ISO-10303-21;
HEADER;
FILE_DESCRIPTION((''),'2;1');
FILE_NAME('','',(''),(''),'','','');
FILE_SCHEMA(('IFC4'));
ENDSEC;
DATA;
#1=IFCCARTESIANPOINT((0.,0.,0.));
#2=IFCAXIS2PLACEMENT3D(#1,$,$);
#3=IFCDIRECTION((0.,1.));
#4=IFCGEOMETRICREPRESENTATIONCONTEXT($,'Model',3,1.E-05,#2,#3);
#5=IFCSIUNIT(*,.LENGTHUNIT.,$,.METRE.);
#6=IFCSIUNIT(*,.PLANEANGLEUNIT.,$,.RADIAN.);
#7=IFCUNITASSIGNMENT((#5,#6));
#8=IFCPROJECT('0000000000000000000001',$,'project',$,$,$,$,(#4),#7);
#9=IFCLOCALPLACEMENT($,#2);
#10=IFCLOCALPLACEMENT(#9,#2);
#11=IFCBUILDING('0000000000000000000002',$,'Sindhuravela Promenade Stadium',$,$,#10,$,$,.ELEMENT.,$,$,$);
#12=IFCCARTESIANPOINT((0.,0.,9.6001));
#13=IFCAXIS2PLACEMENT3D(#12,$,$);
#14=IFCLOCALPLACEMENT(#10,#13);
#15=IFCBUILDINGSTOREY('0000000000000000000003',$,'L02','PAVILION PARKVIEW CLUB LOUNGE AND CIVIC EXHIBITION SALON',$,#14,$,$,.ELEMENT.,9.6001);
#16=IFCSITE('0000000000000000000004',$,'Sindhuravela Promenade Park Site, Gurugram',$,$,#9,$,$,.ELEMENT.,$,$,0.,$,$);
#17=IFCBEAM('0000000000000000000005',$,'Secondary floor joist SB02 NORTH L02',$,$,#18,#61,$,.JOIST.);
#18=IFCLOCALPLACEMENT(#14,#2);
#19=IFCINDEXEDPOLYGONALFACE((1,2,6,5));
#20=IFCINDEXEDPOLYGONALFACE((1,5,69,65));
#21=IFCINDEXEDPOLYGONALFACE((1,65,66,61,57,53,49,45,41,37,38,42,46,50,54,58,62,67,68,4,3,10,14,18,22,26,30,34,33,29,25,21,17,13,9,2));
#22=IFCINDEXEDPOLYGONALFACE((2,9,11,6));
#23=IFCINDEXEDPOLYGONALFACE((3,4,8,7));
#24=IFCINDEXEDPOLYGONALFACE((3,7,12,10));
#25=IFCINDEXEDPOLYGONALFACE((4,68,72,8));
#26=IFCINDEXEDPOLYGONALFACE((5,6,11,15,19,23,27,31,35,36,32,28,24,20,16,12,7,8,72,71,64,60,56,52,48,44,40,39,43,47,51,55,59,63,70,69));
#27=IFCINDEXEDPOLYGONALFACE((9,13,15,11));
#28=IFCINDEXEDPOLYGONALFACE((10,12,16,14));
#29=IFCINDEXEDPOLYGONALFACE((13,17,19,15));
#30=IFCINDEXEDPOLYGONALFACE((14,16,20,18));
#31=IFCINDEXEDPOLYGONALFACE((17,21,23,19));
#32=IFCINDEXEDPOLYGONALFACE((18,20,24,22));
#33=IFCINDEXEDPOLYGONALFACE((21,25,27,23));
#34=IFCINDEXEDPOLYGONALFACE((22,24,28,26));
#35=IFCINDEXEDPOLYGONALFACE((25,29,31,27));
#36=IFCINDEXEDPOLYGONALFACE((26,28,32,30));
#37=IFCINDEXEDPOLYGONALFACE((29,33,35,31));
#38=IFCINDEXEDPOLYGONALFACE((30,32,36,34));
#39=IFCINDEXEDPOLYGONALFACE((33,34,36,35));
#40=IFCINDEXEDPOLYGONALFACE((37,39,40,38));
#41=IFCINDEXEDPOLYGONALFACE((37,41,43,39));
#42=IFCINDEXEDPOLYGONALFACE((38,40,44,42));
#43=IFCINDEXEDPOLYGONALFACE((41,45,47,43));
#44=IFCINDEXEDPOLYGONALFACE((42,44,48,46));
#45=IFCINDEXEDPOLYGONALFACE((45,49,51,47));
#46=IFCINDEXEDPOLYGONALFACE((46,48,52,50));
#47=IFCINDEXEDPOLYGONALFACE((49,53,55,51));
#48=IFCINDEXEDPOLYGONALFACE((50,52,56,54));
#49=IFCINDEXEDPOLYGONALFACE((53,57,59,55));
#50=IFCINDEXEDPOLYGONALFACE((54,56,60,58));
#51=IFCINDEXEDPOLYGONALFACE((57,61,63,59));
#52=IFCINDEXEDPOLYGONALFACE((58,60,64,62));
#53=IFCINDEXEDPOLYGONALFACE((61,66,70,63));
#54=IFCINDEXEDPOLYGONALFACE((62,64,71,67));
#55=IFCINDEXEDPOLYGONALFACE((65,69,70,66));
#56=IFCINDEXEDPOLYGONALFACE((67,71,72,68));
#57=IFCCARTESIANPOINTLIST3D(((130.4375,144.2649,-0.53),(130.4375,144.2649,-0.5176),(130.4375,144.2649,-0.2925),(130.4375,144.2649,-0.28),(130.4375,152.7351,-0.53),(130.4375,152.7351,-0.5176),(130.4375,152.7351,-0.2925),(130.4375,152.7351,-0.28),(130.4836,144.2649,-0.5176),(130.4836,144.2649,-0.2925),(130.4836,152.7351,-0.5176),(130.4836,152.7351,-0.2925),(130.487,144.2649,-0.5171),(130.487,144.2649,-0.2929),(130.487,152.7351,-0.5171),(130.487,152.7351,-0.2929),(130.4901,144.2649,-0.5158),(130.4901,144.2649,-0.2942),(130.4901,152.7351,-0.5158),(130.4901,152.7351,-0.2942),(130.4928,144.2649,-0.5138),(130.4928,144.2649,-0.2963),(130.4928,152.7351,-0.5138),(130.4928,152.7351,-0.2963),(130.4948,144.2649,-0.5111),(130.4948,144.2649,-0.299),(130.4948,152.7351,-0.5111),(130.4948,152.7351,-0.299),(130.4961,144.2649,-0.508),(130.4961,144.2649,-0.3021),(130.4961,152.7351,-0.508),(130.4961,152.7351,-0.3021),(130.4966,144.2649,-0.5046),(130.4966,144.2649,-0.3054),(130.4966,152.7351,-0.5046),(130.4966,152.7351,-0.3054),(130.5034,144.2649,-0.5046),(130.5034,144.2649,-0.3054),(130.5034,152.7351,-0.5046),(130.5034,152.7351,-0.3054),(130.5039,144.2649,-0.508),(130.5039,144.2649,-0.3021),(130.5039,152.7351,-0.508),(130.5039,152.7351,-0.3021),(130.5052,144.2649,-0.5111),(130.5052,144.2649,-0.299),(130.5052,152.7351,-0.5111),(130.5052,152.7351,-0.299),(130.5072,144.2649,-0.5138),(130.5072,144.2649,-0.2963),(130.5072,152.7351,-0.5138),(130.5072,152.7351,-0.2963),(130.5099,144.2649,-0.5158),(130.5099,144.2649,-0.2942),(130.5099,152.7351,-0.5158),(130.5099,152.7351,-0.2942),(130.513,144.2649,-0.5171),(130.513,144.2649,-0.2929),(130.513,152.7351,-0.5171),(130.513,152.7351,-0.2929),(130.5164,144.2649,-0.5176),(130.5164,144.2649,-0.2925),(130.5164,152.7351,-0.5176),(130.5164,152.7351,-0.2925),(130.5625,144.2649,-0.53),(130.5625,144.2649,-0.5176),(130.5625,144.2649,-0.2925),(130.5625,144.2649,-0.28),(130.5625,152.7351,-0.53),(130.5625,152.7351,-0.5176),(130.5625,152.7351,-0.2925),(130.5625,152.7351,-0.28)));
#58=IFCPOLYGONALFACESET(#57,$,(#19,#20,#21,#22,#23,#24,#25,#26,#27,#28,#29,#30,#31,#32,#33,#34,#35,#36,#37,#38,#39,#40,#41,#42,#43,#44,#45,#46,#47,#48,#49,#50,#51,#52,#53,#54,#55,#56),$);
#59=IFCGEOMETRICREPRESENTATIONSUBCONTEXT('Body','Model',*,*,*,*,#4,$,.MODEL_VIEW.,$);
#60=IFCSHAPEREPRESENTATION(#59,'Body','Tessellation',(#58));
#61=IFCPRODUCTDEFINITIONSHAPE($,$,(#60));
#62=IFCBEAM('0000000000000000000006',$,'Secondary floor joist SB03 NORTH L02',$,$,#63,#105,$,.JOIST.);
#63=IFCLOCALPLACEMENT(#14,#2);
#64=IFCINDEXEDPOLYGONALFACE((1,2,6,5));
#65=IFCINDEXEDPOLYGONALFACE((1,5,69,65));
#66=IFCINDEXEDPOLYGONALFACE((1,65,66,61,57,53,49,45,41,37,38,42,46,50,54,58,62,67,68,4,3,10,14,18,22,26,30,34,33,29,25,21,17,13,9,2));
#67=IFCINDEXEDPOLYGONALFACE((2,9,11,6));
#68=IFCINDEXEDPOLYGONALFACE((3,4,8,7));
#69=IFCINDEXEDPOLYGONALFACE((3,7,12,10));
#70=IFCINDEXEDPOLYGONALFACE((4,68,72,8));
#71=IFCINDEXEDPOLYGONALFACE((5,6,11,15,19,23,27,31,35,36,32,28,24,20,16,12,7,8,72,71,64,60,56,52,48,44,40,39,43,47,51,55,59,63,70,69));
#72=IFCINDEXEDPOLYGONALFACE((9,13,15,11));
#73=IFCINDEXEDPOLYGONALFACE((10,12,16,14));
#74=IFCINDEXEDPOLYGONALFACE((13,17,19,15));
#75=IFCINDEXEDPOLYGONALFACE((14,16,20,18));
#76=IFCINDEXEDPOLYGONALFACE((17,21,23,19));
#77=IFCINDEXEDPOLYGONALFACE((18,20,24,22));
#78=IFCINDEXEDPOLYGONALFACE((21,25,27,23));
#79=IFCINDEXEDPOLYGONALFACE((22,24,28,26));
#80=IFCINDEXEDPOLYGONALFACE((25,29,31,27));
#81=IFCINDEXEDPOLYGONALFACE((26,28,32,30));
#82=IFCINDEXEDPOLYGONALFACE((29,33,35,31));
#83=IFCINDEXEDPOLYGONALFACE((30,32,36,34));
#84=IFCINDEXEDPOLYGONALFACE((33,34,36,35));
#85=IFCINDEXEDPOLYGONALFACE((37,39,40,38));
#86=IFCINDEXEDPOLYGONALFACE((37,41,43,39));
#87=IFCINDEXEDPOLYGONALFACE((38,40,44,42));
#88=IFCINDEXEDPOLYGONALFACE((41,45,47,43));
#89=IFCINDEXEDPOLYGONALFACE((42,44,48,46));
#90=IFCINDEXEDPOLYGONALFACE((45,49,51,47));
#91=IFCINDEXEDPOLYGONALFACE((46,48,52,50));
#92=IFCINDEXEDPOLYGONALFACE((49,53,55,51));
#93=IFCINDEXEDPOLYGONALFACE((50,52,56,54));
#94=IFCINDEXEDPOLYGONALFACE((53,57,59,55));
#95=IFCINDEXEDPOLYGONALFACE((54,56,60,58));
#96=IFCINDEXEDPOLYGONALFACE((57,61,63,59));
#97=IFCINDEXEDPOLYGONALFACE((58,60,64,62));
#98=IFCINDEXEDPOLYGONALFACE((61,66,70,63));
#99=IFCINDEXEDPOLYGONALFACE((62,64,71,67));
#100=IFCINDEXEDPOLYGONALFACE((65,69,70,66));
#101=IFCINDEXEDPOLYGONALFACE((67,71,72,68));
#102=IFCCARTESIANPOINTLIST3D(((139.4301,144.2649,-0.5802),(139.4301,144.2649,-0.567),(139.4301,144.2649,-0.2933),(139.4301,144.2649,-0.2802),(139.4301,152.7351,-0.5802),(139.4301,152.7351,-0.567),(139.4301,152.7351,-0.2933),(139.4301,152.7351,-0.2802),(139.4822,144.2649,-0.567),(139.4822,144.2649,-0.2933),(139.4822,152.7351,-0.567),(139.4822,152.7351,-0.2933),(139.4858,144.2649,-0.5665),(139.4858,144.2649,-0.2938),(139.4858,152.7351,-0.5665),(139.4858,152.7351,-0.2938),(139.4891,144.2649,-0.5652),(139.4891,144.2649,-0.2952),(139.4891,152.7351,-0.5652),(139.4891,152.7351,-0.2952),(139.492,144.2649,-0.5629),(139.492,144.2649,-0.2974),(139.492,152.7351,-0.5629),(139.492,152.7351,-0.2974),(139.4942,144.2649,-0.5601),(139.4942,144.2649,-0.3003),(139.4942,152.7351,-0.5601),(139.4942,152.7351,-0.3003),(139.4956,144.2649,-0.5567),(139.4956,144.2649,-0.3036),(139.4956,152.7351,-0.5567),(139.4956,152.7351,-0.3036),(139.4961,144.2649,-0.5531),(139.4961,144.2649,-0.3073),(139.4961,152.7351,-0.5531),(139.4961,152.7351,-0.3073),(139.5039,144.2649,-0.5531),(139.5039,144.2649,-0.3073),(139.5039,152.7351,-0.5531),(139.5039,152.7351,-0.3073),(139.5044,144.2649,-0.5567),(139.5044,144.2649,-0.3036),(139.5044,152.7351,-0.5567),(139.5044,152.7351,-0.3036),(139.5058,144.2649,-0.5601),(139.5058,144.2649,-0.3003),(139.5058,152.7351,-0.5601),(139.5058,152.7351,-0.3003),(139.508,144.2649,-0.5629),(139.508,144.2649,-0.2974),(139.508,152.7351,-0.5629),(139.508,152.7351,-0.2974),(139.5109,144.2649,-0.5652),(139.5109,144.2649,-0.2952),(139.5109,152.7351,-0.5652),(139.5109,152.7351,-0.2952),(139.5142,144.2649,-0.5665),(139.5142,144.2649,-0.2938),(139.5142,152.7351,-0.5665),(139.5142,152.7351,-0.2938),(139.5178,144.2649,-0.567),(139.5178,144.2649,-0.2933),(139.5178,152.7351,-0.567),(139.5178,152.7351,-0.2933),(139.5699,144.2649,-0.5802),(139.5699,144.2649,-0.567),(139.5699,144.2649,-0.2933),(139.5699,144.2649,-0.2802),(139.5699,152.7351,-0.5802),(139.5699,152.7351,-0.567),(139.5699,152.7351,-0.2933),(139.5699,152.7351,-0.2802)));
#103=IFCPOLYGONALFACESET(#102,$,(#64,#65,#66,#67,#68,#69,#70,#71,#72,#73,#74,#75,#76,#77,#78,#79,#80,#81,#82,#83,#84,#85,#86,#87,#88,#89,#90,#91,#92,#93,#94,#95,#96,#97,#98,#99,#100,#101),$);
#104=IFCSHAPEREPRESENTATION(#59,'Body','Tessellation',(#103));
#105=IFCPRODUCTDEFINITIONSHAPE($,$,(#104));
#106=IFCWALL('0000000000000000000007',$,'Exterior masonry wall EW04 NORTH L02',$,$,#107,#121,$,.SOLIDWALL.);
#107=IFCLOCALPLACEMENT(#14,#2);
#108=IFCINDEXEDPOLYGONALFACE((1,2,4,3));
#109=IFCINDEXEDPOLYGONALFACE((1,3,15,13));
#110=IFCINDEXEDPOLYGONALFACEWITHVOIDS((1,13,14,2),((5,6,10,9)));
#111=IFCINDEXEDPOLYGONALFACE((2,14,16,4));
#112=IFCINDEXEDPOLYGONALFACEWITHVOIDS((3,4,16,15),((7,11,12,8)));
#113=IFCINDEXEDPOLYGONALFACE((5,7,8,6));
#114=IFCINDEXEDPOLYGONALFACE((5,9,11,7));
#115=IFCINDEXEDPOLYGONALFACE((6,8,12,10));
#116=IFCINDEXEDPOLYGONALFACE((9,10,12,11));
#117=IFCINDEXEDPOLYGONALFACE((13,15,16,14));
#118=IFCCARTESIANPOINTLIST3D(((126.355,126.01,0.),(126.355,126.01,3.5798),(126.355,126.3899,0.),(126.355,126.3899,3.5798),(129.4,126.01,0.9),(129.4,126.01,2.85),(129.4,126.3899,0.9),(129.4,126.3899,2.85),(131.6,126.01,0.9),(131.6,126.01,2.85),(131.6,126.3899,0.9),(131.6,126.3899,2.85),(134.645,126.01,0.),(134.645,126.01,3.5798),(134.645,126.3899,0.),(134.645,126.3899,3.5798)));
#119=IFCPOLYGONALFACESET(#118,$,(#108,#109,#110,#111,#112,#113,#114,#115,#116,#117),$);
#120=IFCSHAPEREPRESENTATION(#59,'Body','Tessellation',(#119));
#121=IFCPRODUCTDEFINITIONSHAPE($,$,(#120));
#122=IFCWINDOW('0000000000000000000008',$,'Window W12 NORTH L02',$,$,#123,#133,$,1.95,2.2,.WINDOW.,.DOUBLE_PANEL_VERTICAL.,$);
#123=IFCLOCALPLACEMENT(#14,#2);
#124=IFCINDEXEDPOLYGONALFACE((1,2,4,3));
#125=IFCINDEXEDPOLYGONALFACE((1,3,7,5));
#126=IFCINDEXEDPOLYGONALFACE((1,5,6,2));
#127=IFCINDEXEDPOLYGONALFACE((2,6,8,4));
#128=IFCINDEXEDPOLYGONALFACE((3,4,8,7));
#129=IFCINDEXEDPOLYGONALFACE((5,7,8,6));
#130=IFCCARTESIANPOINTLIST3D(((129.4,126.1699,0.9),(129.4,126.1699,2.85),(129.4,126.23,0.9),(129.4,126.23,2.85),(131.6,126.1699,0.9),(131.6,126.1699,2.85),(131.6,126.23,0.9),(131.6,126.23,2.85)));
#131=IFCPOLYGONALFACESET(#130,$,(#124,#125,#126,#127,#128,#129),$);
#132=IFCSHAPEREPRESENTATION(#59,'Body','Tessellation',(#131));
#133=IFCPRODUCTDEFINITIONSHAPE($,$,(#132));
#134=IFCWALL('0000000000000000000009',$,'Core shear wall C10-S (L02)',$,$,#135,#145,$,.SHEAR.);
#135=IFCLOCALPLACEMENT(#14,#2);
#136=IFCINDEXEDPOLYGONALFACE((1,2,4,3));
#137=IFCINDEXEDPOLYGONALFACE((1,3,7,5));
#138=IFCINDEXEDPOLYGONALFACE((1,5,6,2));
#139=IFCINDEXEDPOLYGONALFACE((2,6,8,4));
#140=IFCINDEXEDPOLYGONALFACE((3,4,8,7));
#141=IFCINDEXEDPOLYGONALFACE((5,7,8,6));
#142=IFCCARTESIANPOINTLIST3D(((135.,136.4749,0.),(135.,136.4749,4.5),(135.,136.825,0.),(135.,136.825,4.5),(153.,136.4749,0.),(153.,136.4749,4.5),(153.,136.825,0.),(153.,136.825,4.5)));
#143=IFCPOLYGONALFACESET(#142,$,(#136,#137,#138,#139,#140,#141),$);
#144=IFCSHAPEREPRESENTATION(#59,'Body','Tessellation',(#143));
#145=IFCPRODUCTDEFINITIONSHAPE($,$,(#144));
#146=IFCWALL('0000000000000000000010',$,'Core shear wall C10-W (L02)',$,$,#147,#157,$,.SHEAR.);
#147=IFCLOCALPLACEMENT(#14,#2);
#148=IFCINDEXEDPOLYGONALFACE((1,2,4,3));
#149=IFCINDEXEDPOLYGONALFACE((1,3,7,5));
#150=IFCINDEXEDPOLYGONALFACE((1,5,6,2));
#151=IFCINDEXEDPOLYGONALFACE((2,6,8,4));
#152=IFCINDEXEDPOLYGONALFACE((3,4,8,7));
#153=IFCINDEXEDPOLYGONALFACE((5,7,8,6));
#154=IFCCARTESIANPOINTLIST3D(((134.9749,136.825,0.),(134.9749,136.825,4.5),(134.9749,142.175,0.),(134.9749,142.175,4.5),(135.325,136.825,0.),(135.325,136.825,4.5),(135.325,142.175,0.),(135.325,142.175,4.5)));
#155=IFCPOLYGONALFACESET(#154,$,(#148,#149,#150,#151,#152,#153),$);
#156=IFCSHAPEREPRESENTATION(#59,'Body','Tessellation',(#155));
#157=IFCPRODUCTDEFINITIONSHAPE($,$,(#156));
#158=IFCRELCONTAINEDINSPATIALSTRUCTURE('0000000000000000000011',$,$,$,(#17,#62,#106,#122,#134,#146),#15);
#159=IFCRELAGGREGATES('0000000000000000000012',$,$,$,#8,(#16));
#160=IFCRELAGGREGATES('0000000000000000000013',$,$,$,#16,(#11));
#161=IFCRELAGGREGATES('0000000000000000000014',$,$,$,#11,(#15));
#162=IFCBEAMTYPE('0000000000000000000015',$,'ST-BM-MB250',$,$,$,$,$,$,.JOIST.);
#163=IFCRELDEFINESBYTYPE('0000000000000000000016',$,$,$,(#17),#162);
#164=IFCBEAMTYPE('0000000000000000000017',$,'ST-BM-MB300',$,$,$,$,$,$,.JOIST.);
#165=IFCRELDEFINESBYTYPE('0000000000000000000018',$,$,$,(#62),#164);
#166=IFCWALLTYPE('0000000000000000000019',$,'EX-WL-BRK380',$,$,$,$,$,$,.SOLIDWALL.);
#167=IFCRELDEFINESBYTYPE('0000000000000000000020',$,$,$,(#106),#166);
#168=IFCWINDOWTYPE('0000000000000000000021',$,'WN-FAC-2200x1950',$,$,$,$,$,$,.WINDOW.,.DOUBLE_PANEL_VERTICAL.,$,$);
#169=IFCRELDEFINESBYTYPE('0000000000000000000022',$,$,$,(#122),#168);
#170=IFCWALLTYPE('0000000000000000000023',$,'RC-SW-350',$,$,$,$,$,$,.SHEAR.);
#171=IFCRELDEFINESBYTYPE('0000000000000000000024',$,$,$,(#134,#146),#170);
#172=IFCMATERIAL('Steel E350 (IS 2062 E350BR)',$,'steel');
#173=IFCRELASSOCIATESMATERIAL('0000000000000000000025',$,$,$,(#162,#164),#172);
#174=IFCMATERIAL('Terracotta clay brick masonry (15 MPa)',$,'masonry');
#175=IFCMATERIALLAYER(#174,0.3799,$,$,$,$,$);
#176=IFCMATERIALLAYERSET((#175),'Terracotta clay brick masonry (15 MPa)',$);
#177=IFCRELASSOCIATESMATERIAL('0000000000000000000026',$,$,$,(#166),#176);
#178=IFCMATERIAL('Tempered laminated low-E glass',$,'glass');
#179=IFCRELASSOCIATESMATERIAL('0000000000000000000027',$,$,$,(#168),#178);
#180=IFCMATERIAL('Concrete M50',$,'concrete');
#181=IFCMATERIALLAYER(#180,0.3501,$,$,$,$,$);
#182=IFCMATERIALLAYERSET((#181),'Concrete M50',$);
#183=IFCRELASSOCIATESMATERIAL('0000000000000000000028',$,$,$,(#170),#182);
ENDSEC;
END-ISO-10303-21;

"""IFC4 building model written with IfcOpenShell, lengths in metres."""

from ifc_helpers import new_model, si_unit, direction, frame, frame_2d, origin, origin_2d, place, context, subcontext, project, spatial, rectangle, i_section, extrude, material, layer, layer_set, material_profile, profile_set, type_object, element, fill, save


model = new_model("IFC4")

# Units and contexts
model_context = context("Model", 3, precision=1e-05, world=origin(), true_north=direction((0.0, 1.0)))
body_context = subcontext(model_context, "Body", "Model", "MODEL_VIEW")
ifc_project = project(units=[si_unit("LENGTHUNIT", "METRE"), si_unit("PLANEANGLEUNIT", "RADIAN")], contexts=[model_context])

# Site, building, storey
site_placement = place(None, origin())
site = spatial("IfcSite", under=ifc_project, at=site_placement, Name="Sindhuravela Promenade Park Site, Gurugram", CompositionType="ELEMENT", RefElevation=0.0)
building_placement = place(site_placement, origin())
building = spatial("IfcBuilding", under=site, at=building_placement, Name="Sindhuravela Promenade Stadium", CompositionType="ELEMENT")
storey_placement = place(building_placement, frame((0.0, 0.0, 9.6001)))
storey = spatial("IfcBuildingStorey", under=building, at=storey_placement, Name="L02", Description="PAVILION PARKVIEW CLUB LOUNGE AND CIVIC EXHIBITION SALON", CompositionType="ELEMENT", Elevation=9.6001)

# Beams
ifc_material_1 = material(Name="Steel E350 (IS 2062 E350BR)", Category="steel")
ifc_material_profile_1 = material_profile(ifc_material_1, i_section(OverallWidth=0.125, OverallDepth=0.25, WebThickness=0.0068, FlangeThickness=0.0125, FilletRadius=0.0129, at=origin_2d()), Name="ISMB 250")
ifc_profile_set_1 = profile_set([ifc_material_profile_1], Name="Steel E350 (IS 2062 E350BR)")
beam_type_1 = type_object("IfcBeamType", Name="ST-BM-MB250", PredefinedType="JOIST", material=ifc_profile_set_1)
beam_1_placement = place(storey_placement, frame((130.5, 144.2649, -0.405), z_axis=(0.0, 1.0, 0.0), x_axis=(-1.0, 0.0, 0.0)))
element("IfcBeam", 1, at=beam_1_placement, inside=storey, type_object=beam_type_1, Name="Secondary floor joist SB02 NORTH L02", PredefinedType="JOIST", context=body_context, shape_type="SweptSolid", body=[
    extrude(i_section(OverallWidth=0.125, OverallDepth=0.25, WebThickness=0.0068, FlangeThickness=0.0125, FilletRadius=0.0129, at=origin_2d()), origin(), (0.0, 0.0, 1.0), 8.4702),
])
ifc_material_profile_2 = material_profile(ifc_material_1, i_section(OverallWidth=0.1399, OverallDepth=0.3, WebThickness=0.0078, FlangeThickness=0.0132, FilletRadius=0.0139, at=origin_2d()), Name="ISMB 300")
ifc_profile_set_2 = profile_set([ifc_material_profile_2], Name="Steel E350 (IS 2062 E350BR)")
beam_type_2 = type_object("IfcBeamType", Name="ST-BM-MB300", PredefinedType="JOIST", material=ifc_profile_set_2)
beam_2_placement = place(storey_placement, frame((139.5, 144.2649, -0.4302), z_axis=(0.0, 1.0, 0.0), x_axis=(-1.0, 0.0, 0.0)))
element("IfcBeam", 2, at=beam_2_placement, inside=storey, type_object=beam_type_2, Name="Secondary floor joist SB03 NORTH L02", PredefinedType="JOIST", context=body_context, shape_type="SweptSolid", body=[
    extrude(i_section(OverallWidth=0.1399, OverallDepth=0.3, WebThickness=0.0078, FlangeThickness=0.0132, FilletRadius=0.0139, at=origin_2d()), origin(), (0.0, 0.0, 1.0), 8.4702),
])

# Wall, opening, window
ifc_material_2 = material(Name="Terracotta clay brick masonry (15 MPa)", Category="masonry")
ifc_layer_1 = layer(ifc_material_2, 0.3799)
ifc_layer_set_1 = layer_set([ifc_layer_1], Name="Terracotta clay brick masonry (15 MPa)")
wall_type_1 = type_object("IfcWallType", Name="EX-WL-BRK380", PredefinedType="SOLIDWALL", material=ifc_layer_set_1)
wall_1_placement = place(storey_placement, frame((134.645, 126.2, 0.0), z_axis=(0.0, 0.0, 1.0), x_axis=(-1.0, 0.0, 0.0)))
wall_1 = element("IfcWall", 3, at=wall_1_placement, inside=storey, type_object=wall_type_1, Name="Exterior masonry wall EW04 NORTH L02", PredefinedType="SOLIDWALL", context=body_context, shape_type="SweptSolid", body=[
    extrude(rectangle(XDim=8.29, YDim=0.3799, at=frame_2d((4.145, 0.0))), origin(), (0.0, 0.0, 1.0), 3.5798),
])
opening_placement = place(wall_1_placement, frame((3.0449, 0.0, 0.8999)))
opening = element("IfcOpeningElement", 4, at=opening_placement, cuts=wall_1, PredefinedType="OPENING", context=body_context, shape_type="SweptSolid", body=[
    extrude(rectangle(XDim=2.2, YDim=1.95, at=frame_2d((1.1001, 0.9751))), frame((0.0, 0.2, 0.0), z_axis=(0.0, -1.0, 0.0), x_axis=(1.0, 0.0, 0.0)), (0.0, 0.0, 1.0), 0.3999),
])
ifc_material_3 = material(Name="Tempered laminated low-E glass", Category="glass")
window_type = type_object("IfcWindowType", Name="WN-FAC-2200x1950", PartitioningType="DOUBLE_PANEL_VERTICAL", PredefinedType="WINDOW", material=ifc_material_3)
window_placement = place(opening_placement, origin())
window = element("IfcWindow", 5, at=window_placement, inside=storey, type_object=window_type, Name="Window W12 NORTH L02", OverallHeight=1.95, OverallWidth=2.2, PartitioningType="DOUBLE_PANEL_VERTICAL", PredefinedType="WINDOW", context=body_context, shape_type="SweptSolid", body=[
    extrude(rectangle(XDim=2.2, YDim=1.95, at=frame_2d((1.1001, 0.9751))), frame((0.0, 0.03, 0.0), z_axis=(0.0, -1.0, 0.0), x_axis=(1.0, 0.0, 0.0)), (0.0, 0.0, 1.0), 0.0601),
])
fill(opening, window)

# Walls
ifc_material_4 = material(Name="Concrete M50", Category="concrete")
ifc_layer_2 = layer(ifc_material_4, 0.3501)
ifc_layer_set_2 = layer_set([ifc_layer_2], Name="Concrete M50")
wall_type_2 = type_object("IfcWallType", Name="RC-SW-350", PredefinedType="SHEAR", material=ifc_layer_set_2)
wall_2_placement = place(storey_placement, frame((135.0, 136.6499, 0.0), z_axis=(0.0, 0.0, 1.0), x_axis=(1.0, 0.0, 0.0)))
element("IfcWall", 6, at=wall_2_placement, inside=storey, type_object=wall_type_2, Name="Core shear wall C10-S (L02)", PredefinedType="SHEAR", context=body_context, shape_type="SweptSolid", body=[
    extrude(rectangle(XDim=18.0, YDim=0.3501, at=frame_2d((9.0, 0.0))), origin(), (0.0, 0.0, 1.0), 4.5),
])
wall_3_placement = place(storey_placement, frame((135.1499, 142.175, 0.0), z_axis=(0.0, 0.0, 1.0), x_axis=(0.0, -1.0, 0.0)))
element("IfcWall", 7, at=wall_3_placement, inside=storey, type_object=wall_type_2, Name="Core shear wall C10-W (L02)", PredefinedType="SHEAR", context=body_context, shape_type="SweptSolid", body=[
    extrude(rectangle(XDim=5.3501, YDim=0.3501, at=frame_2d((2.675, 0.0))), origin(), (0.0, 0.0, 1.0), 4.5),
])

save(model, "model.ifc")
